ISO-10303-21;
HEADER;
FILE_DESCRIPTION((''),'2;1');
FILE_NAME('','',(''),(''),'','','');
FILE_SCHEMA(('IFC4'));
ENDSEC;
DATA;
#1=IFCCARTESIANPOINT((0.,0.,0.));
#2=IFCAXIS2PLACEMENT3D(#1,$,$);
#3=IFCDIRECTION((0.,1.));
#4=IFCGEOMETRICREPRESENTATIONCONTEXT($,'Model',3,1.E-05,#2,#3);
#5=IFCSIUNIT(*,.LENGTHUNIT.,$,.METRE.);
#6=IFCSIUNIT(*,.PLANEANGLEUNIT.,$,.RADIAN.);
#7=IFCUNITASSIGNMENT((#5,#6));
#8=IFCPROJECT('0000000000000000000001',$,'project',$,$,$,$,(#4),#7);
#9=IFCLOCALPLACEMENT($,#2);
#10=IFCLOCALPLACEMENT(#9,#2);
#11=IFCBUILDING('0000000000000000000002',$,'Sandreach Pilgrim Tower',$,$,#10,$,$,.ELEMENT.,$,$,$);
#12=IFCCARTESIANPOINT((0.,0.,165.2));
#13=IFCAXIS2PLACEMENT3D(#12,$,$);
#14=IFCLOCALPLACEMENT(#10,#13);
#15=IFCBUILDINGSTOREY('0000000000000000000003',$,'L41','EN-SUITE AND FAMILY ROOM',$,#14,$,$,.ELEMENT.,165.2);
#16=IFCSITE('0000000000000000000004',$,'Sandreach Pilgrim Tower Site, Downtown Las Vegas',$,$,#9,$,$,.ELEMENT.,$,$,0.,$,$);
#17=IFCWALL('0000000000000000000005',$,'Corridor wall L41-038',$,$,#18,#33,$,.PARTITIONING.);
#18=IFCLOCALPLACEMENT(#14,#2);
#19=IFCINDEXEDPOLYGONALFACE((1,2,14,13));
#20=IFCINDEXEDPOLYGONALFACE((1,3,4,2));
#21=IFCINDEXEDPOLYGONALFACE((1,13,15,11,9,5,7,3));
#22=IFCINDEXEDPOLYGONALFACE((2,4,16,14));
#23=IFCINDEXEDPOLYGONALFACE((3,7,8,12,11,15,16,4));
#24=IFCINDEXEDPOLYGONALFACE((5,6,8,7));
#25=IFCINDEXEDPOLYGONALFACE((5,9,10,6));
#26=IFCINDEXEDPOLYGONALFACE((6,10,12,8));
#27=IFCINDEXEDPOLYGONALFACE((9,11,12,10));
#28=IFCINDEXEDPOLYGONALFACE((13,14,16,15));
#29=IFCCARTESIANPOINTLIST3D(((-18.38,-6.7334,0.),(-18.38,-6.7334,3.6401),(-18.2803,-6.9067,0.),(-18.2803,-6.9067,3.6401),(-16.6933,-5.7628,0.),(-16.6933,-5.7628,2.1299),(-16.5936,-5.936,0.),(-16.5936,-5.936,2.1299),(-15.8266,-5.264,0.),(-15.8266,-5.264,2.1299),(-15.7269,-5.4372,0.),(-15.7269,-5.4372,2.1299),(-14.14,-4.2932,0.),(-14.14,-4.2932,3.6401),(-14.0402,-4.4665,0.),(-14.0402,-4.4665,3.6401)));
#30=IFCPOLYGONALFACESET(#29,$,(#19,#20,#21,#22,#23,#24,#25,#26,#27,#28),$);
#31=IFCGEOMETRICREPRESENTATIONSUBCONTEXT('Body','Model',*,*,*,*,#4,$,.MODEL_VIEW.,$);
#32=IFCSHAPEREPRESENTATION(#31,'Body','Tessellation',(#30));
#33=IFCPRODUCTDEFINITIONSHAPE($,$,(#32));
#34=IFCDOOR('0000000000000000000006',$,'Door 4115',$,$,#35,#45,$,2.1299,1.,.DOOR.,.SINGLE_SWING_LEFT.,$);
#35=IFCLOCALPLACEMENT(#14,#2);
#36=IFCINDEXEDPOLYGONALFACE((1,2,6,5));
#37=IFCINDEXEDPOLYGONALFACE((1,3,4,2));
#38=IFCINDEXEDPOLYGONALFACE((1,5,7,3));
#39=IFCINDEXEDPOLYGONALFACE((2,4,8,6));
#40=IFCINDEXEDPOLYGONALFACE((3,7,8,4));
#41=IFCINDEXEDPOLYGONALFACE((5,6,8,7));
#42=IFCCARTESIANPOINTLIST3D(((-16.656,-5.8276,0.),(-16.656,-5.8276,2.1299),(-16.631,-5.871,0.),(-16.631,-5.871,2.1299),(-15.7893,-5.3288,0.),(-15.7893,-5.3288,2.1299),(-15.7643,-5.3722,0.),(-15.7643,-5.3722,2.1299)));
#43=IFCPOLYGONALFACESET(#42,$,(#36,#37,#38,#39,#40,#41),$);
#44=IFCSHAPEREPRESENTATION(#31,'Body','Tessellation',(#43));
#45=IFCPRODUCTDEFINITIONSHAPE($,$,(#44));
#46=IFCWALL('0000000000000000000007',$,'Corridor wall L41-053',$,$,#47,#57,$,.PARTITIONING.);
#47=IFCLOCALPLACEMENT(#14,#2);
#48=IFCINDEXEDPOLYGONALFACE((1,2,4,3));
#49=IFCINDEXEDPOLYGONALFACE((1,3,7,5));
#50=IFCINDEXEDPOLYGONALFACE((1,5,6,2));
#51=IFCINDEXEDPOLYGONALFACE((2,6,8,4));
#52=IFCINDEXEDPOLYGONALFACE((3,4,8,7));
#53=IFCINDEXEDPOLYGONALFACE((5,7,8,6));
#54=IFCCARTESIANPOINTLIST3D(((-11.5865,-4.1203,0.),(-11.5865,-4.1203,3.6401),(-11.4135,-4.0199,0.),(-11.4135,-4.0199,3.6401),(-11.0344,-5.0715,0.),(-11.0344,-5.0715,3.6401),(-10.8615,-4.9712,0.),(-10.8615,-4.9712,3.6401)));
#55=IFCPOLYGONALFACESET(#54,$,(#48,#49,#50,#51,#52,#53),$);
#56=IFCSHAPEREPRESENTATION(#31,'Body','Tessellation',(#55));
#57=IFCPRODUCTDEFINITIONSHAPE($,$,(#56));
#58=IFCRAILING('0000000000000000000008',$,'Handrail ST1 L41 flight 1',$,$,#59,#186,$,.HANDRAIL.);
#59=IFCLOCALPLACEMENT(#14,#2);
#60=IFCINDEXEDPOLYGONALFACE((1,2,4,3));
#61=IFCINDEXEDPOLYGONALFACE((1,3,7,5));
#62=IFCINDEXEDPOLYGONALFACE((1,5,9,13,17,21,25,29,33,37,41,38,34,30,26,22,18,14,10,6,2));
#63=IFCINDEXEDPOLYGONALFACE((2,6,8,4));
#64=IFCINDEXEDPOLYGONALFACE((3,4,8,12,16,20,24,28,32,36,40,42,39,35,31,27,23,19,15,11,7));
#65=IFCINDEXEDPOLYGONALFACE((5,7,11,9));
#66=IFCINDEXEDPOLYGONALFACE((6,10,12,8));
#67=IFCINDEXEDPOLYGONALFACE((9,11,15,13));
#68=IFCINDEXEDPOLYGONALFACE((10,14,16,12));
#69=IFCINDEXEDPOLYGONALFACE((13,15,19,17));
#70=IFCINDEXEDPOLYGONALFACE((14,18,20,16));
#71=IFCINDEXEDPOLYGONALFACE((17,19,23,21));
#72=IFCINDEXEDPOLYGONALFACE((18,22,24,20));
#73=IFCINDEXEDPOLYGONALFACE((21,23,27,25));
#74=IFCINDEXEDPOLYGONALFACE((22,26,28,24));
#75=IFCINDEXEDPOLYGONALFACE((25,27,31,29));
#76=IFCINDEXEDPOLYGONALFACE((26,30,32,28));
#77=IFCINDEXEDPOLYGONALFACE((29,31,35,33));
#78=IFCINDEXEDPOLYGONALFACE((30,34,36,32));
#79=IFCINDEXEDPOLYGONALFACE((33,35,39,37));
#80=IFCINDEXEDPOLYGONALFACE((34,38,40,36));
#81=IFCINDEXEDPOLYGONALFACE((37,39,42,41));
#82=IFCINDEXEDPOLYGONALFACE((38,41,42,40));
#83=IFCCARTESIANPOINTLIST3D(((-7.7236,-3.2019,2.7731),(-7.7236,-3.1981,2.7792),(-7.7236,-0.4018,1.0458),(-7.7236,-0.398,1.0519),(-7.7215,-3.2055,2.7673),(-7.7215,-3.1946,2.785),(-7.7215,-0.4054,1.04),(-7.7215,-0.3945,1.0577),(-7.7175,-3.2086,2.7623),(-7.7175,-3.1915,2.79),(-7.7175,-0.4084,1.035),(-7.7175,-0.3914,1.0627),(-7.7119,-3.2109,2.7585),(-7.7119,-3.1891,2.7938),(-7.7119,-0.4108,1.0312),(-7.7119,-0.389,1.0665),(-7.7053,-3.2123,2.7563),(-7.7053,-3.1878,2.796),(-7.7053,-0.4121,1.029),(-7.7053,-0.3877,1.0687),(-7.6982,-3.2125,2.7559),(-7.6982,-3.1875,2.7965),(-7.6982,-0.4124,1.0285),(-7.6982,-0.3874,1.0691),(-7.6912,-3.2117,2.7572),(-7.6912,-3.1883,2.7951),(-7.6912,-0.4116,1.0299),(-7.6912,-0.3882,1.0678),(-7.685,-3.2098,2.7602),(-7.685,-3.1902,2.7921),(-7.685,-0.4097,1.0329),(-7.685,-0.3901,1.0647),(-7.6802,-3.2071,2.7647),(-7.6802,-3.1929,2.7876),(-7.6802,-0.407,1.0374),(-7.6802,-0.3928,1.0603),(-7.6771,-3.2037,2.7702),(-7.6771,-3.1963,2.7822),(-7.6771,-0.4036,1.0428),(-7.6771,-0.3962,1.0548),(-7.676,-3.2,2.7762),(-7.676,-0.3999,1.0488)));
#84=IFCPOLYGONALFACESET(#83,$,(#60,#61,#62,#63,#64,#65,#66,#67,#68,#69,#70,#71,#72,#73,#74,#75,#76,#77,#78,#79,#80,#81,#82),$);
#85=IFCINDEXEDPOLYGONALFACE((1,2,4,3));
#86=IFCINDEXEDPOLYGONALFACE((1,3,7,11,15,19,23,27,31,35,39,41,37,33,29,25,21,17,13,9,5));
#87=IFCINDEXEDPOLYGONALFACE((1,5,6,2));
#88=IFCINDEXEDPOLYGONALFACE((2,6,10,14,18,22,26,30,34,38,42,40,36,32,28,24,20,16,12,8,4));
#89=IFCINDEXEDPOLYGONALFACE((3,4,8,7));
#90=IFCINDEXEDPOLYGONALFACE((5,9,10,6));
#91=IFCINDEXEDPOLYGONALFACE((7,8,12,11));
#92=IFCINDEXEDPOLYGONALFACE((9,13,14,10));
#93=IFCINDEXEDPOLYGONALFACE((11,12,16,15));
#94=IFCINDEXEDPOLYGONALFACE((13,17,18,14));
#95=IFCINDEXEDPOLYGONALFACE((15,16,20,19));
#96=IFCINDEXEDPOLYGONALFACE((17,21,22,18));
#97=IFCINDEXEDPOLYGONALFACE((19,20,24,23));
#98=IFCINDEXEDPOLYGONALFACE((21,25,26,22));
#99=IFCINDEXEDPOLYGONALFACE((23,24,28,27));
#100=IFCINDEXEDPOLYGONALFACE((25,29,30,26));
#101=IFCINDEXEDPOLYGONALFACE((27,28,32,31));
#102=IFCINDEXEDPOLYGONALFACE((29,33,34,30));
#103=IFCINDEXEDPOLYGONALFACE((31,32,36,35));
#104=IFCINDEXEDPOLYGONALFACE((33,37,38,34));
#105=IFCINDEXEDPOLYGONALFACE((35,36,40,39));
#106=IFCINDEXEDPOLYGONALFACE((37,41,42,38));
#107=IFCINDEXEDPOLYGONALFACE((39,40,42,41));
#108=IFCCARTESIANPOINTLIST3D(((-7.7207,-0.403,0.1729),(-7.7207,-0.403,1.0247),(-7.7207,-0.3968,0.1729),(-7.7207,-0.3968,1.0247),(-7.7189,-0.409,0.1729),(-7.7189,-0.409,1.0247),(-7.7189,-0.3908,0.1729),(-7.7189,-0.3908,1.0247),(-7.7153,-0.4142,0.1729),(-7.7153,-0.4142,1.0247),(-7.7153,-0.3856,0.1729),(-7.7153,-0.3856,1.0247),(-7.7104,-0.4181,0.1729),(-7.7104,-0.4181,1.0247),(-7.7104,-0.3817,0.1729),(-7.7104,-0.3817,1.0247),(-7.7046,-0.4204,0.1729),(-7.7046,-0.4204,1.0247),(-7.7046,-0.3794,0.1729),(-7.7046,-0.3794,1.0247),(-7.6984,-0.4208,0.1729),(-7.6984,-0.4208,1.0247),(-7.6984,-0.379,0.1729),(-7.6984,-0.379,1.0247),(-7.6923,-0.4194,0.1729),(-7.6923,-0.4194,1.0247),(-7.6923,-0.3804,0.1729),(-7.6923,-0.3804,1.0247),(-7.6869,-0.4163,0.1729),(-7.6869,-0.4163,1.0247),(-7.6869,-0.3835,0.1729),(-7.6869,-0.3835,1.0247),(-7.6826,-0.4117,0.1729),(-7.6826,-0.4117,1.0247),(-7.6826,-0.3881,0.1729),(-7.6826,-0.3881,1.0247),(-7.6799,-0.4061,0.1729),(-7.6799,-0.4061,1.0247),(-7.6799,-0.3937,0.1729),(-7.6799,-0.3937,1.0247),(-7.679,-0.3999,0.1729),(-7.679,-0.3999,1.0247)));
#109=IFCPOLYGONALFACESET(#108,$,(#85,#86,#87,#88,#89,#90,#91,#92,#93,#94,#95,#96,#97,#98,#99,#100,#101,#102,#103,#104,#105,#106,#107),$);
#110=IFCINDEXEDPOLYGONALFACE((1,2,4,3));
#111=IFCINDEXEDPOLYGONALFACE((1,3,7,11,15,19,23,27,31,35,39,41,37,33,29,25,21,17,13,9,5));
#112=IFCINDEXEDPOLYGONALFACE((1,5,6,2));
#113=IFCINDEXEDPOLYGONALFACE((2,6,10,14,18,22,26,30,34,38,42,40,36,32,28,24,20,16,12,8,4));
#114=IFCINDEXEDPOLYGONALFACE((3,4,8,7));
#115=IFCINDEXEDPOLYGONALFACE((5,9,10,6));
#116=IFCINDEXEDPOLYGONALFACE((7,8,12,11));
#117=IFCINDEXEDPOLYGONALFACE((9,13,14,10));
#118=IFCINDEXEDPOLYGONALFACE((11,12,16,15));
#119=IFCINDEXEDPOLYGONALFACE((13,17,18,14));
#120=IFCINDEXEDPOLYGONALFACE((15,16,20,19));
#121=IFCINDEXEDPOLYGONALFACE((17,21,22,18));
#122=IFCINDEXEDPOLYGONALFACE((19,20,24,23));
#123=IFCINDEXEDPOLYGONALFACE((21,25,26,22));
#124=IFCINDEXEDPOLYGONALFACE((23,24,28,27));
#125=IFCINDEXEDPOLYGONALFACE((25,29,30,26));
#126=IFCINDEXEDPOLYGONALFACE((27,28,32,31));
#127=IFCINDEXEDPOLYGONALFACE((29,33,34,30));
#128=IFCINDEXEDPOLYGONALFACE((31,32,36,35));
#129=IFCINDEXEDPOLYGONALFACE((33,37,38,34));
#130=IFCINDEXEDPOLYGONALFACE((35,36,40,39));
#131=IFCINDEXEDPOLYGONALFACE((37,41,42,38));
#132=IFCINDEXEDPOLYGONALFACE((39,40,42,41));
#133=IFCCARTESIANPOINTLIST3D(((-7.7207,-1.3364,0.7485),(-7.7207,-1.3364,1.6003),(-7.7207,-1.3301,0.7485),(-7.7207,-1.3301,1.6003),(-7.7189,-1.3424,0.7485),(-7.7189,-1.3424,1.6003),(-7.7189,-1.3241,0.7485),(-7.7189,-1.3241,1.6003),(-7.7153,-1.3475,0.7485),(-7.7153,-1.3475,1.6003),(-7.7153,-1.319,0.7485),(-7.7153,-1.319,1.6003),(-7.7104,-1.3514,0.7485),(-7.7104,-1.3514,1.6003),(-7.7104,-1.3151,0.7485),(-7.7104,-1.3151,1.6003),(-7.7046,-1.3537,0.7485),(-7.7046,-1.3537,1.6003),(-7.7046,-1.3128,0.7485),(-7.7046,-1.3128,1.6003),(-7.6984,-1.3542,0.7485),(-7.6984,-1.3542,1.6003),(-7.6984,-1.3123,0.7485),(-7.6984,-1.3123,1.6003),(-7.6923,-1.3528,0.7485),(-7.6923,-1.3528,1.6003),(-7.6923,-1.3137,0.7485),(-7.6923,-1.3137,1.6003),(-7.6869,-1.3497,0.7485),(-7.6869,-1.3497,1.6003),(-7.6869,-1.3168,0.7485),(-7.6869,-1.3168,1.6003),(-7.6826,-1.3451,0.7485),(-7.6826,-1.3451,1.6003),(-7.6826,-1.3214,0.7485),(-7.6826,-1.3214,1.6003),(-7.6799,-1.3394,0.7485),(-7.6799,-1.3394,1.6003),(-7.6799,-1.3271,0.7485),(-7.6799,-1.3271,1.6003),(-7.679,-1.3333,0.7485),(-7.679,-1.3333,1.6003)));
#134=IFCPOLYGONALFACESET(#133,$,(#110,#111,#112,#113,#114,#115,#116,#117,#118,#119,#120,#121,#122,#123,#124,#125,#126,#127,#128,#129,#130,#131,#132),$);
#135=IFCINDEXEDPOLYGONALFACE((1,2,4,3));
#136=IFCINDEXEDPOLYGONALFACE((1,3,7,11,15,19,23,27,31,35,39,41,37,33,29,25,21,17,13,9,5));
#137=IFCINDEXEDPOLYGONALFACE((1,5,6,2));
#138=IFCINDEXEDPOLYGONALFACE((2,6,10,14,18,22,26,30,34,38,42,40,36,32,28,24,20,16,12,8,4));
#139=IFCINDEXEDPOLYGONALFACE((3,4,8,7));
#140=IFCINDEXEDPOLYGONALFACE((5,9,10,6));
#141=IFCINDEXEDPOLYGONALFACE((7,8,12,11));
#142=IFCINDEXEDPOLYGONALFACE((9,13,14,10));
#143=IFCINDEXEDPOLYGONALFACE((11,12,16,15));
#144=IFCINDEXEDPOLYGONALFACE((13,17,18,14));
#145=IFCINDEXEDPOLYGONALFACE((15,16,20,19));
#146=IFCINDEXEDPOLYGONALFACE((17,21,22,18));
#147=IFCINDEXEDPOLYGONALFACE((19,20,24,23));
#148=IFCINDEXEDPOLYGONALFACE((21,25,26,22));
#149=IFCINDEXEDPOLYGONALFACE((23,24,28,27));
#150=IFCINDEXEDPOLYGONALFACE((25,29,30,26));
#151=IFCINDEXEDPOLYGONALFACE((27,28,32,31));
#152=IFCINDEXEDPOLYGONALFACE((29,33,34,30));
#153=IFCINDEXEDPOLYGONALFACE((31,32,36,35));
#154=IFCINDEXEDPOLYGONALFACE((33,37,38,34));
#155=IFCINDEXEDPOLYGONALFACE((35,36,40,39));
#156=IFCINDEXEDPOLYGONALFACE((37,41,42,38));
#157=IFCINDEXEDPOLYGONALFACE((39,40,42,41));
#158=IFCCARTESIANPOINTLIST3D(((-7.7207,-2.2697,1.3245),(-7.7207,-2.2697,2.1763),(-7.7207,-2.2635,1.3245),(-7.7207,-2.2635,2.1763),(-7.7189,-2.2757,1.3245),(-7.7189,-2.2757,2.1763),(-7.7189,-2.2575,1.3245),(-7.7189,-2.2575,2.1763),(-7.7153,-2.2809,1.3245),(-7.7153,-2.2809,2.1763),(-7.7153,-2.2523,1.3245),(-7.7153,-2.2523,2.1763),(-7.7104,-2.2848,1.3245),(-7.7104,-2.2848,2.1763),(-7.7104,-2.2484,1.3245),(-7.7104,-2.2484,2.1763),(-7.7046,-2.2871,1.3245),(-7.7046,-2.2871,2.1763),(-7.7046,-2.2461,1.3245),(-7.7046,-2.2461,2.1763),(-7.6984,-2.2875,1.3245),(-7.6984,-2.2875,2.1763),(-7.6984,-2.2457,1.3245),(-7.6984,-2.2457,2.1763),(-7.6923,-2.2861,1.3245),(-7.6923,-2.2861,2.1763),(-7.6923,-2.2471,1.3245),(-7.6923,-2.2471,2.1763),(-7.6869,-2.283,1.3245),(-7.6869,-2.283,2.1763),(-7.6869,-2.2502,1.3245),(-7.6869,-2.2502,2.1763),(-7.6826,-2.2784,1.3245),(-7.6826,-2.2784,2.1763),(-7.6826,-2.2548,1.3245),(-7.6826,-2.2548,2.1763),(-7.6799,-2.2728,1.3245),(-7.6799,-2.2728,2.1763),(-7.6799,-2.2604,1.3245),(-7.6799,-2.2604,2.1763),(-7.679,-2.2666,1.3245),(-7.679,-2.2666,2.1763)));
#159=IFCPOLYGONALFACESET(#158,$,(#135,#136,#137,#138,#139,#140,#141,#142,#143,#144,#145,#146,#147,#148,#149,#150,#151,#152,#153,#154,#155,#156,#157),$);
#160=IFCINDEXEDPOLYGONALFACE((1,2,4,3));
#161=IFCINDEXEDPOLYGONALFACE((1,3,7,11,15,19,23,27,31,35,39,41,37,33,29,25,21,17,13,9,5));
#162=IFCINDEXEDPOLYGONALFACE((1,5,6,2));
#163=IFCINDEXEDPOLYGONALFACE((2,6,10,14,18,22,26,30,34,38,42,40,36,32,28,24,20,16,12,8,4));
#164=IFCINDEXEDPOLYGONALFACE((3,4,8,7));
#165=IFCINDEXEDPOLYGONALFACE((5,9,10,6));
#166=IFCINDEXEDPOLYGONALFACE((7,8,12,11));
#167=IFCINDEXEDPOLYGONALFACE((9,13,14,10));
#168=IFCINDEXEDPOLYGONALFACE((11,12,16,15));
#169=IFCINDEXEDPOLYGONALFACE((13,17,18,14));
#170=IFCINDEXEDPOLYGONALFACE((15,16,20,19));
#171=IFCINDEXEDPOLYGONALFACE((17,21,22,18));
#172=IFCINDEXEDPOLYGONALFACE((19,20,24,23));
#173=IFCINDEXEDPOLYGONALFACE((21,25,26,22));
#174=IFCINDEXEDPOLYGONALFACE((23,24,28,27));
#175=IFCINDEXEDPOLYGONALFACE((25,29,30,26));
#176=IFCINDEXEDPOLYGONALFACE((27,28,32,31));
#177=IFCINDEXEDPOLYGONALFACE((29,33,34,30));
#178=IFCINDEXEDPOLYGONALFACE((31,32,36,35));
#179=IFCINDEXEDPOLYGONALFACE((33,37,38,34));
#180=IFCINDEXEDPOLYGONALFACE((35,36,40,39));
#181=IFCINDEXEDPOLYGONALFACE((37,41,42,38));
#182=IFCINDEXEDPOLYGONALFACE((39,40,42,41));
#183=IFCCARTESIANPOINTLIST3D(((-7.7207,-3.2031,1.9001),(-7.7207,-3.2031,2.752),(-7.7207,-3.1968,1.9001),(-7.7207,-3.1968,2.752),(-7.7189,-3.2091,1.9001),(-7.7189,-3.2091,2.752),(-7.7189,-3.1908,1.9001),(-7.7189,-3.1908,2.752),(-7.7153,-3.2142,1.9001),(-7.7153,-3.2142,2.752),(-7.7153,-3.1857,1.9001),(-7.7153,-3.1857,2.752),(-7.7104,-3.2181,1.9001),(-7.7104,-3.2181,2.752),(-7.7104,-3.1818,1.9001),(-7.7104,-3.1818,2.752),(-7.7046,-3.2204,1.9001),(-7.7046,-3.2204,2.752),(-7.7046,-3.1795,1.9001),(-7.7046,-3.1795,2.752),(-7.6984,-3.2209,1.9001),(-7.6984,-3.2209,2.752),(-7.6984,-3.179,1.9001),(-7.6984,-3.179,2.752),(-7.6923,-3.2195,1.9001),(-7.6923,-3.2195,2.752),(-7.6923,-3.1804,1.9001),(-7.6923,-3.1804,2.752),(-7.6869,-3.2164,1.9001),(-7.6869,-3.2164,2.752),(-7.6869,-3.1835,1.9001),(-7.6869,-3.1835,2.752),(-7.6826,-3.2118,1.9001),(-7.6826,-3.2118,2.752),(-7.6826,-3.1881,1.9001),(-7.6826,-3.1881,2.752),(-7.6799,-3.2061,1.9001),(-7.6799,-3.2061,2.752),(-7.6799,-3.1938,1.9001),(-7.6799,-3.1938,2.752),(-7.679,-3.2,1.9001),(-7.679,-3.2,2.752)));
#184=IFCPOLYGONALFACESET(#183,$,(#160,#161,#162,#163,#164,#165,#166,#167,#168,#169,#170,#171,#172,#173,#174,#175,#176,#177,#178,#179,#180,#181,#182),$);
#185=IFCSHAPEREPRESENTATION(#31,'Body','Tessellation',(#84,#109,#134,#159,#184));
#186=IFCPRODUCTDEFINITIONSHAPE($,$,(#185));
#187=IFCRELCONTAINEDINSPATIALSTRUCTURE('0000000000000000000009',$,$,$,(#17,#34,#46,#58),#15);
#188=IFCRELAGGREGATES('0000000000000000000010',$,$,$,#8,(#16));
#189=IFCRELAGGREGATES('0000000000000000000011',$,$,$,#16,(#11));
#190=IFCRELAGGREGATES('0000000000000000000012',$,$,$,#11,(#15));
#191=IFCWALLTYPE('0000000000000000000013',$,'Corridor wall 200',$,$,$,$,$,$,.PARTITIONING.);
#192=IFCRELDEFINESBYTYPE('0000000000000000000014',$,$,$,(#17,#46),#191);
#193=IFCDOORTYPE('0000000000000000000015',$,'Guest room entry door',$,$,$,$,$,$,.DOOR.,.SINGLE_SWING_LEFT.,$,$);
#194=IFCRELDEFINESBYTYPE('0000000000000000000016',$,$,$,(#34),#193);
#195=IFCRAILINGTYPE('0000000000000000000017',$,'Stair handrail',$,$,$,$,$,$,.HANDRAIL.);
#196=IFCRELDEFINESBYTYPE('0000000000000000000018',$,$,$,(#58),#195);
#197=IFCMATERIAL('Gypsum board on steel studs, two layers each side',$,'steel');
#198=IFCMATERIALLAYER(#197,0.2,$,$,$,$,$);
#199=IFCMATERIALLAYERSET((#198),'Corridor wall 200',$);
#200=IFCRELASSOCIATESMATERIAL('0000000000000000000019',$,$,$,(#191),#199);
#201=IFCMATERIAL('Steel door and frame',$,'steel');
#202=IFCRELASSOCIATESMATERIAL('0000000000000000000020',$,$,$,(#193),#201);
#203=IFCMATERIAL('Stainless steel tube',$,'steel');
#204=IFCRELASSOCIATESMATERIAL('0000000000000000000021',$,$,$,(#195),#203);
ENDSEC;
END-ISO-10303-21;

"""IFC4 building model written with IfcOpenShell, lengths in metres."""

from ifc_helpers import new_model, si_unit, direction, frame, frame_2d, origin, origin_2d, place, context, subcontext, project, spatial, rectangle, circle, extrude, material, layer, layer_set, type_object, element, fill, save


model = new_model("IFC4")

# Units and contexts
model_context = context("Model", 3, precision=1e-05, world=origin(), true_north=direction((0.0, 1.0)))
body_context = subcontext(model_context, "Body", "Model", "MODEL_VIEW")
ifc_project = project(units=[si_unit("LENGTHUNIT", "METRE"), si_unit("PLANEANGLEUNIT", "RADIAN")], contexts=[model_context])

# Site, building, storey
site_placement = place(None, origin())
site = spatial("IfcSite", under=ifc_project, at=site_placement, Name="Sandreach Pilgrim Tower Site, Downtown Las Vegas", CompositionType="ELEMENT", RefElevation=0.0)
building_placement = place(site_placement, origin())
building = spatial("IfcBuilding", under=site, at=building_placement, Name="Sandreach Pilgrim Tower", CompositionType="ELEMENT")
storey_placement = place(building_placement, frame((0.0, 0.0, 165.2)))
storey = spatial("IfcBuildingStorey", under=building, at=storey_placement, Name="L41", Description="EN-SUITE AND FAMILY ROOM", CompositionType="ELEMENT", Elevation=165.2)

# Shared definitions
ifc_material_1 = material(Name="Gypsum board on steel studs, two layers each side", Category="steel")
ifc_layer_1 = layer(ifc_material_1, 0.2)
ifc_layer_set_1 = layer_set([ifc_layer_1], Name="Corridor wall 200")
wall_type_1 = type_object("IfcWallType", Name="Corridor wall 200", PredefinedType="PARTITIONING", material=ifc_layer_set_1)

# Wall, opening, door
wall_1_placement = place(storey_placement, frame((-14.0901, -4.3799, 0.0), z_axis=(0.0, 0.0, 1.0), x_axis=(-0.866713, -0.498808, 0.0)))
wall_1 = element("IfcWall", 1, at=wall_1_placement, inside=storey, type_object=wall_type_1, Name="Corridor wall L41-038", PredefinedType="PARTITIONING", context=body_context, shape_type="SweptSolid", body=[
    extrude(rectangle(XDim=4.8921, YDim=0.2, at=frame_2d((2.446, 0.0))), origin(), (0.0, 0.0, 1.0), 3.6401),
])
opening_1_placement = place(wall_1_placement, frame((1.946, 0.0, 0.0)))
opening_1 = element("IfcOpeningElement", 2, at=opening_1_placement, cuts=wall_1, PredefinedType="OPENING", context=body_context, shape_type="SweptSolid", body=[
    extrude(rectangle(XDim=1.0, YDim=2.1299, at=frame_2d((0.5, 1.0649))), frame((0.0, 0.1001, 0.0), z_axis=(0.0, -1.0, 0.0), x_axis=(1.0, 0.0, 0.0)), (0.0, 0.0, 1.0), 0.2),
])
ifc_material_2 = material(Name="Steel door and frame", Category="steel")
door_type_1 = type_object("IfcDoorType", Name="Guest room entry door", OperationType="SINGLE_SWING_LEFT", PredefinedType="DOOR", material=ifc_material_2)
door_1_placement = place(opening_1_placement, origin())
door_1 = element("IfcDoor", 3, at=door_1_placement, inside=storey, type_object=door_type_1, Name="Door 4115", OperationType="SINGLE_SWING_LEFT", OverallHeight=2.1299, OverallWidth=1.0, PredefinedType="DOOR", context=body_context, shape_type="SweptSolid", body=[
    extrude(rectangle(XDim=1.0, YDim=2.1299, at=frame_2d((0.5, 1.0649))), frame((0.0, 0.0249, 0.0), z_axis=(0.0, -1.0, 0.0), x_axis=(1.0, 0.0, 0.0)), (0.0, 0.0, 1.0), 0.05),
])
fill(opening_1, door_1)

# Wall
wall_2_placement = place(storey_placement, frame((-10.948, -5.0212, 0.0), z_axis=(0.0, 0.0, 1.0), x_axis=(-0.501937, 0.864904, 0.0)))
element("IfcWall", 4, at=wall_2_placement, inside=storey, type_object=wall_type_1, Name="Corridor wall L41-053", PredefinedType="PARTITIONING", context=body_context, shape_type="SweptSolid", body=[
    extrude(rectangle(XDim=1.0999, YDim=0.2, at=frame_2d((0.5498, 0.0))), origin(), (0.0, 0.0, 1.0), 3.6401),
])

# Railing
ifc_material_3 = material(Name="Stainless steel tube", Category="steel")
railing_type = type_object("IfcRailingType", Name="Stair handrail", PredefinedType="HANDRAIL", material=ifc_material_3)
railing_placement = place(storey_placement, frame((-7.7, -0.3999, 0.1729)))
element("IfcRailing", 5, at=railing_placement, inside=storey, type_object=railing_type, Name="Handrail ST1 L41 flight 1", PredefinedType="HANDRAIL", context=body_context, shape_type="SweptSolid", body=[
    extrude(circle(Radius=0.0239, at=origin_2d()), frame((0.0, 0.0, 0.876), z_axis=(0.0, -0.85109, 0.52502), x_axis=(1.0, 0.0, 0.0)), (0.0, 0.0, 1.0), 3.29),
    extrude(circle(Radius=0.021, at=origin_2d()), origin(), (0.0, 0.0, 1.0), 0.8518),
    extrude(circle(Radius=0.021, at=origin_2d()), frame((0.0, -0.9333, 0.5757)), (0.0, 0.0, 1.0), 0.8518),
    extrude(circle(Radius=0.021, at=origin_2d()), frame((0.0, -1.8667, 1.1516)), (0.0, 0.0, 1.0), 0.8518),
    extrude(circle(Radius=0.021, at=origin_2d()), frame((0.0, -2.8, 1.7273)), (0.0, 0.0, 1.0), 0.8518),
])

save(model, "model.ifc")
